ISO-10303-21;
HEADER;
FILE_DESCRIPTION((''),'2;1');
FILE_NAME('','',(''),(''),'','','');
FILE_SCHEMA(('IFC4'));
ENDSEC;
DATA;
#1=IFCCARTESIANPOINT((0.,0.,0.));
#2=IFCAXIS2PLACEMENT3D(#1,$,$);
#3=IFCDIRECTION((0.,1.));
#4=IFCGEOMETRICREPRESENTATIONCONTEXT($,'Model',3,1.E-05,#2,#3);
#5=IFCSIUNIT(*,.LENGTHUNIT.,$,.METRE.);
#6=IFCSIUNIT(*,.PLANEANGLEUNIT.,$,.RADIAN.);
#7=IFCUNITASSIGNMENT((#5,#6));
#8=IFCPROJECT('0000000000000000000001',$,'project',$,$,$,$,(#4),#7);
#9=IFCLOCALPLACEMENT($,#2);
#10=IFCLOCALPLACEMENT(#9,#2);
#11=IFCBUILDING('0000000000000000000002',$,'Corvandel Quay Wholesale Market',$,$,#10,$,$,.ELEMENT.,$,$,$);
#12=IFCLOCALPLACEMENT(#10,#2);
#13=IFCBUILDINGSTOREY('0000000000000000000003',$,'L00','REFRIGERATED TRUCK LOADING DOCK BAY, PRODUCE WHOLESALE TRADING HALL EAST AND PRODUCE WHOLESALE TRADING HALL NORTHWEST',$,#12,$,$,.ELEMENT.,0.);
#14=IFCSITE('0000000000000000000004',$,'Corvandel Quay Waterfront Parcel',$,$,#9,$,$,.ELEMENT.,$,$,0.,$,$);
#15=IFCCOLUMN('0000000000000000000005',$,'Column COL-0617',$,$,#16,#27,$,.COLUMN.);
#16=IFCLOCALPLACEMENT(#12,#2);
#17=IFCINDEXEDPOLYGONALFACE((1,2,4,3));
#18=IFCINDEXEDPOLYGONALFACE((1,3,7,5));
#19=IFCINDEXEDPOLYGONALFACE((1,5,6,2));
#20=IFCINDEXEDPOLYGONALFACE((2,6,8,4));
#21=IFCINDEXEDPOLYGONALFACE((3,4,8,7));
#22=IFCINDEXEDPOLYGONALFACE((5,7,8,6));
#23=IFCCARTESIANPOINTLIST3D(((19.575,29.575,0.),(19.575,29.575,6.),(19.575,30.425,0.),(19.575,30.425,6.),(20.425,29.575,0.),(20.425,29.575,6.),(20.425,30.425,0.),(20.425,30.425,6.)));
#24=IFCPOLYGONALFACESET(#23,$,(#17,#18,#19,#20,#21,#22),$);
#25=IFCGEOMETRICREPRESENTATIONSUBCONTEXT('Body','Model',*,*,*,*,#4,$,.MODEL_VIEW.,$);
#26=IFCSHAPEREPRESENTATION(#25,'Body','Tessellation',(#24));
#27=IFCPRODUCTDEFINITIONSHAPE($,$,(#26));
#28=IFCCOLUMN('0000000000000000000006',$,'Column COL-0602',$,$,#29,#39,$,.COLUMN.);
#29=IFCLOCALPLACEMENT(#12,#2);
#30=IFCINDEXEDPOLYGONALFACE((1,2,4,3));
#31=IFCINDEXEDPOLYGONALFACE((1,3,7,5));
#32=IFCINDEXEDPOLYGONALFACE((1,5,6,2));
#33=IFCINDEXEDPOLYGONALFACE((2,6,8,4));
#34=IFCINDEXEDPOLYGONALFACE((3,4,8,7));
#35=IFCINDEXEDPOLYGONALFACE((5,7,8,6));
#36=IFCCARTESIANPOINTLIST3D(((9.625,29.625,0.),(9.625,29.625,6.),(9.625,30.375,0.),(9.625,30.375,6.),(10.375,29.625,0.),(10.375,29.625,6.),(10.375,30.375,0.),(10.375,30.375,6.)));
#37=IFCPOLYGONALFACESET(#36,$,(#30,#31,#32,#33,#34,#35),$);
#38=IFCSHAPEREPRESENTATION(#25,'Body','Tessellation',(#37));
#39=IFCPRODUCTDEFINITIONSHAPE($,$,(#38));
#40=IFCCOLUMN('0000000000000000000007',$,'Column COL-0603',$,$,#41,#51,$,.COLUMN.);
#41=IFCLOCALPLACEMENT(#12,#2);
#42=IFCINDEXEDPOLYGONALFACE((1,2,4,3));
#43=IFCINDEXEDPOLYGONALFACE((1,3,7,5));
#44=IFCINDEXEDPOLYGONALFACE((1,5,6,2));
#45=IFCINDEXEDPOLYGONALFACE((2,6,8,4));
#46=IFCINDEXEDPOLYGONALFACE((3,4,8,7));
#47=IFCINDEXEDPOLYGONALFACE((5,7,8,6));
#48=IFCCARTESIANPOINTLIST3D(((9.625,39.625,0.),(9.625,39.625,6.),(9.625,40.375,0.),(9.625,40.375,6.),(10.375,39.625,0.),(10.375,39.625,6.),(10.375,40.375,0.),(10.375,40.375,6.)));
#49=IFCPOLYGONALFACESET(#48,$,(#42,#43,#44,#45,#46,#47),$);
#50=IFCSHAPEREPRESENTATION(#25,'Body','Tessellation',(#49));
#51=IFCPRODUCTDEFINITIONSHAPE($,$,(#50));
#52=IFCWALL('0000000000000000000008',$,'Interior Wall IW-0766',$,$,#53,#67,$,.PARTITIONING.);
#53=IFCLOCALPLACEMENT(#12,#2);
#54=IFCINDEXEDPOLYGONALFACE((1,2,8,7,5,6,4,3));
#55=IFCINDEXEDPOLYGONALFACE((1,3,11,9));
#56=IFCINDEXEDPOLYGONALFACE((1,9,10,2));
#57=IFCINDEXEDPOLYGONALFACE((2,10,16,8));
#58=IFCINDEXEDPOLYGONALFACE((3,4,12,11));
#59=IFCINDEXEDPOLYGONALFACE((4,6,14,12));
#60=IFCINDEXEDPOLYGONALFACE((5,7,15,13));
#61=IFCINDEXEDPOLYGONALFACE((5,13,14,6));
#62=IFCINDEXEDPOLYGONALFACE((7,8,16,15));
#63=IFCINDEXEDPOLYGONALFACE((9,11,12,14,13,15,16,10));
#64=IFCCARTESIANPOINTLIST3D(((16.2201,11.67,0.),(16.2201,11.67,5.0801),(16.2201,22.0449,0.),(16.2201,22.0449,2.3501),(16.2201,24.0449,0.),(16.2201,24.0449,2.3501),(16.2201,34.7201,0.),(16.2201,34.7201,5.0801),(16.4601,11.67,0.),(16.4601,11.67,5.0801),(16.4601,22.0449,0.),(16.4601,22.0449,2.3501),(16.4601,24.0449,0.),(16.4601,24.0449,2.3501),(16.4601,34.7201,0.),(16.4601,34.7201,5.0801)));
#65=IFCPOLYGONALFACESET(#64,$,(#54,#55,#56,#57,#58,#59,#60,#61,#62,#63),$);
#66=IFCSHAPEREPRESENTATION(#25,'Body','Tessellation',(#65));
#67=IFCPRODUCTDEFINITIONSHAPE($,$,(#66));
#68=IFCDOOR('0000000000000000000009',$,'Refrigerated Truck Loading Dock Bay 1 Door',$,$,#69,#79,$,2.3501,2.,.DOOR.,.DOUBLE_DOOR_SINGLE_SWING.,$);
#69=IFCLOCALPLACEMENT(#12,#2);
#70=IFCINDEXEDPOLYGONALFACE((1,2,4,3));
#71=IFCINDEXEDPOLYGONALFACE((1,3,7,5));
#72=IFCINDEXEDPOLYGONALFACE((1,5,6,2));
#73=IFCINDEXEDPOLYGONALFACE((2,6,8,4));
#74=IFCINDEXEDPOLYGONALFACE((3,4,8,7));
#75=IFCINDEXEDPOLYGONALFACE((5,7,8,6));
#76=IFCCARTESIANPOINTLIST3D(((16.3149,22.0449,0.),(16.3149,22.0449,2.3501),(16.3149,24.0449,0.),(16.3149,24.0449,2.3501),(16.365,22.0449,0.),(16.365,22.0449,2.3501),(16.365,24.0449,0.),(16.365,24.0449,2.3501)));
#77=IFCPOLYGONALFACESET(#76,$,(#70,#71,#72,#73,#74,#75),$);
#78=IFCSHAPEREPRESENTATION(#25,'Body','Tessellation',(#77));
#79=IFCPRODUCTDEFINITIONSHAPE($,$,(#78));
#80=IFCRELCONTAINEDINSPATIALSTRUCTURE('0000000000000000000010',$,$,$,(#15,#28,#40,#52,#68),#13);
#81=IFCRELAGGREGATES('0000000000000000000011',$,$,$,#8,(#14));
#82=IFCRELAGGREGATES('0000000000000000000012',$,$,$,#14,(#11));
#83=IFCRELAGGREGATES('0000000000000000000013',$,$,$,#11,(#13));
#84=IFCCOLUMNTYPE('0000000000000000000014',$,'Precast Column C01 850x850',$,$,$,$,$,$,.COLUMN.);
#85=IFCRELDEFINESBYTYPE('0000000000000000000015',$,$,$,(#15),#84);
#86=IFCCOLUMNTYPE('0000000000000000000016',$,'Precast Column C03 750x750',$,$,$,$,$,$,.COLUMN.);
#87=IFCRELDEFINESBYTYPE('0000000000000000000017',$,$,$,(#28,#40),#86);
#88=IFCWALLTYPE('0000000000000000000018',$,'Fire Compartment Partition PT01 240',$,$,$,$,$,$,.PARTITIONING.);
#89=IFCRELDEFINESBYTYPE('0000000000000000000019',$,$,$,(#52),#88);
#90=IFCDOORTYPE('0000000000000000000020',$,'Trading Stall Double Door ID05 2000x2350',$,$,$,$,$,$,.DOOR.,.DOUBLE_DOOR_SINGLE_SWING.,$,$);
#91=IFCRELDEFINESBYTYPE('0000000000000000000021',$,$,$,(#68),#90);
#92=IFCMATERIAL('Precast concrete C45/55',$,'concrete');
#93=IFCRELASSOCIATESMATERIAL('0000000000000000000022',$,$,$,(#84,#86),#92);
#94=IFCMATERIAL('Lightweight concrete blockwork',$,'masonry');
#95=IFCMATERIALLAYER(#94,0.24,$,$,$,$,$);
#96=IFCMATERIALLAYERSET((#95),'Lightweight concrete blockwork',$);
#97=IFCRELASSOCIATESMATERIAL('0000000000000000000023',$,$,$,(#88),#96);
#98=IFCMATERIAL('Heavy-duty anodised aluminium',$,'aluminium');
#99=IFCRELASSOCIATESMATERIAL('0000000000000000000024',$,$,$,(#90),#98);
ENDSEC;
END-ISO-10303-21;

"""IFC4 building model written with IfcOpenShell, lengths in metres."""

from ifc_helpers import new_model, si_unit, direction, frame, frame_2d, origin, origin_2d, place, context, subcontext, project, spatial, rectangle, extrude, material, layer, layer_set, material_profile, profile_set, type_object, element, fill, save


model = new_model("IFC4")

# Units and contexts
model_context = context("Model", 3, precision=1e-05, world=origin(), true_north=direction((0.0, 1.0)))
body_context = subcontext(model_context, "Body", "Model", "MODEL_VIEW")
ifc_project = project(units=[si_unit("LENGTHUNIT", "METRE"), si_unit("PLANEANGLEUNIT", "RADIAN")], contexts=[model_context])

# Site, building, storey
site_placement = place(None, origin())
site = spatial("IfcSite", under=ifc_project, at=site_placement, Name="Corvandel Quay Waterfront Parcel", CompositionType="ELEMENT", RefElevation=0.0)
building_placement = place(site_placement, origin())
building = spatial("IfcBuilding", under=site, at=building_placement, Name="Corvandel Quay Wholesale Market", CompositionType="ELEMENT")
storey_placement = place(building_placement, origin())
storey = spatial("IfcBuildingStorey", under=building, at=storey_placement, Name="L00", Description="REFRIGERATED TRUCK LOADING DOCK BAY, PRODUCE WHOLESALE TRADING HALL EAST AND PRODUCE WHOLESALE TRADING HALL NORTHWEST", CompositionType="ELEMENT", Elevation=0.0)

# Columns
ifc_material_1 = material(Name="Precast concrete C45/55", Category="concrete")
ifc_material_profile_1 = material_profile(ifc_material_1, rectangle(XDim=0.8501, YDim=0.8501, at=origin_2d()), Name="PC-COL-850x850")
ifc_profile_set_1 = profile_set([ifc_material_profile_1], Name="Precast concrete C45/55")
column_type_1 = type_object("IfcColumnType", Name="Precast Column C01 850x850", PredefinedType="COLUMN", material=ifc_profile_set_1)
column_placement = place(storey_placement, frame((20.0, 30.0, 0.0), z_axis=(0.0, 0.0, 1.0), x_axis=(1.0, 0.0, 0.0)))
element("IfcColumn", 1, at=column_placement, inside=storey, type_object=column_type_1, Name="Column COL-0617", PredefinedType="COLUMN", context=body_context, shape_type="SweptSolid", body=[
    extrude(rectangle(XDim=0.8501, YDim=0.8501, at=origin_2d()), origin(), (0.0, 0.0, 1.0), 6.0),
])
ifc_material_profile_2 = material_profile(ifc_material_1, rectangle(XDim=0.75, YDim=0.75, at=origin_2d()), Name="PC-COL-750x750")
ifc_profile_set_2 = profile_set([ifc_material_profile_2], Name="Precast concrete C45/55")
column_type_2 = type_object("IfcColumnType", Name="Precast Column C03 750x750", PredefinedType="COLUMN", material=ifc_profile_set_2)
for number, where, z_axis, x_axis, name in (
    (2, (10.0, 30.0, 0.0), (0.0, 0.0, 1.0), (1.0, 0.0, 0.0), "Column COL-0602"),
    (3, (10.0, 40.0, 0.0), (0.0, 0.0, 1.0), (1.0, 0.0, 0.0), "Column COL-0603"),
):
    element("IfcColumn", number, at=place(storey_placement, frame(where, z_axis=z_axis, x_axis=x_axis)), inside=storey, type_object=column_type_2, Name=name, PredefinedType="COLUMN", context=body_context, shape_type="SweptSolid", body=[
        extrude(rectangle(XDim=0.75, YDim=0.75, at=origin_2d()), origin(), (0.0, 0.0, 1.0), 6.0),
    ])

# Wall, opening, door
ifc_material_2 = material(Name="Lightweight concrete blockwork", Category="masonry")
ifc_layer_1 = layer(ifc_material_2, 0.24)
ifc_layer_set_1 = layer_set([ifc_layer_1], Name="Lightweight concrete blockwork")
wall_type = type_object("IfcWallType", Name="Fire Compartment Partition PT01 240", PredefinedType="PARTITIONING", material=ifc_layer_set_1)
wall_placement = place(storey_placement, frame((16.3401, 34.72, 0.0), z_axis=(0.0, 0.0, 1.0), x_axis=(0.0, -1.0, 0.0)))
wall = element("IfcWall", 4, at=wall_placement, inside=storey, type_object=wall_type, Name="Interior Wall IW-0766", PredefinedType="PARTITIONING", context=body_context, shape_type="SweptSolid", body=[
    extrude(rectangle(XDim=23.05, YDim=0.24, at=frame_2d((11.5249, 0.0))), origin(), (0.0, 0.0, 1.0), 5.0801),
])
opening_placement = place(wall_placement, frame((10.675, 0.0, 0.0)))
opening = element("IfcOpeningElement", 5, at=opening_placement, cuts=wall, PredefinedType="OPENING", context=body_context, shape_type="SweptSolid", body=[
    extrude(rectangle(XDim=2.0, YDim=2.3501, at=frame_2d((1.0, 1.175))), frame((0.0, 0.1299, 0.0), z_axis=(0.0, -1.0, 0.0), x_axis=(1.0, 0.0, 0.0)), (0.0, 0.0, 1.0), 0.26),
])
ifc_material_3 = material(Name="Heavy-duty anodised aluminium", Category="aluminium")
door_type = type_object("IfcDoorType", Name="Trading Stall Double Door ID05 2000x2350", OperationType="DOUBLE_DOOR_SINGLE_SWING", PredefinedType="DOOR", material=ifc_material_3)
door_placement = place(opening_placement, origin())
door = element("IfcDoor", 6, at=door_placement, inside=storey, type_object=door_type, Name="Refrigerated Truck Loading Dock Bay 1 Door", OperationType="DOUBLE_DOOR_SINGLE_SWING", OverallHeight=2.3501, OverallWidth=2.0, PredefinedType="DOOR", context=body_context, shape_type="SweptSolid", body=[
    extrude(rectangle(XDim=2.0, YDim=2.3501, at=frame_2d((1.0, 1.175))), frame((0.0, 0.0249, 0.0), z_axis=(0.0, -1.0, 0.0), x_axis=(1.0, 0.0, 0.0)), (0.0, 0.0, 1.0), 0.05),
])
fill(opening, door)

save(model, "model.ifc")
